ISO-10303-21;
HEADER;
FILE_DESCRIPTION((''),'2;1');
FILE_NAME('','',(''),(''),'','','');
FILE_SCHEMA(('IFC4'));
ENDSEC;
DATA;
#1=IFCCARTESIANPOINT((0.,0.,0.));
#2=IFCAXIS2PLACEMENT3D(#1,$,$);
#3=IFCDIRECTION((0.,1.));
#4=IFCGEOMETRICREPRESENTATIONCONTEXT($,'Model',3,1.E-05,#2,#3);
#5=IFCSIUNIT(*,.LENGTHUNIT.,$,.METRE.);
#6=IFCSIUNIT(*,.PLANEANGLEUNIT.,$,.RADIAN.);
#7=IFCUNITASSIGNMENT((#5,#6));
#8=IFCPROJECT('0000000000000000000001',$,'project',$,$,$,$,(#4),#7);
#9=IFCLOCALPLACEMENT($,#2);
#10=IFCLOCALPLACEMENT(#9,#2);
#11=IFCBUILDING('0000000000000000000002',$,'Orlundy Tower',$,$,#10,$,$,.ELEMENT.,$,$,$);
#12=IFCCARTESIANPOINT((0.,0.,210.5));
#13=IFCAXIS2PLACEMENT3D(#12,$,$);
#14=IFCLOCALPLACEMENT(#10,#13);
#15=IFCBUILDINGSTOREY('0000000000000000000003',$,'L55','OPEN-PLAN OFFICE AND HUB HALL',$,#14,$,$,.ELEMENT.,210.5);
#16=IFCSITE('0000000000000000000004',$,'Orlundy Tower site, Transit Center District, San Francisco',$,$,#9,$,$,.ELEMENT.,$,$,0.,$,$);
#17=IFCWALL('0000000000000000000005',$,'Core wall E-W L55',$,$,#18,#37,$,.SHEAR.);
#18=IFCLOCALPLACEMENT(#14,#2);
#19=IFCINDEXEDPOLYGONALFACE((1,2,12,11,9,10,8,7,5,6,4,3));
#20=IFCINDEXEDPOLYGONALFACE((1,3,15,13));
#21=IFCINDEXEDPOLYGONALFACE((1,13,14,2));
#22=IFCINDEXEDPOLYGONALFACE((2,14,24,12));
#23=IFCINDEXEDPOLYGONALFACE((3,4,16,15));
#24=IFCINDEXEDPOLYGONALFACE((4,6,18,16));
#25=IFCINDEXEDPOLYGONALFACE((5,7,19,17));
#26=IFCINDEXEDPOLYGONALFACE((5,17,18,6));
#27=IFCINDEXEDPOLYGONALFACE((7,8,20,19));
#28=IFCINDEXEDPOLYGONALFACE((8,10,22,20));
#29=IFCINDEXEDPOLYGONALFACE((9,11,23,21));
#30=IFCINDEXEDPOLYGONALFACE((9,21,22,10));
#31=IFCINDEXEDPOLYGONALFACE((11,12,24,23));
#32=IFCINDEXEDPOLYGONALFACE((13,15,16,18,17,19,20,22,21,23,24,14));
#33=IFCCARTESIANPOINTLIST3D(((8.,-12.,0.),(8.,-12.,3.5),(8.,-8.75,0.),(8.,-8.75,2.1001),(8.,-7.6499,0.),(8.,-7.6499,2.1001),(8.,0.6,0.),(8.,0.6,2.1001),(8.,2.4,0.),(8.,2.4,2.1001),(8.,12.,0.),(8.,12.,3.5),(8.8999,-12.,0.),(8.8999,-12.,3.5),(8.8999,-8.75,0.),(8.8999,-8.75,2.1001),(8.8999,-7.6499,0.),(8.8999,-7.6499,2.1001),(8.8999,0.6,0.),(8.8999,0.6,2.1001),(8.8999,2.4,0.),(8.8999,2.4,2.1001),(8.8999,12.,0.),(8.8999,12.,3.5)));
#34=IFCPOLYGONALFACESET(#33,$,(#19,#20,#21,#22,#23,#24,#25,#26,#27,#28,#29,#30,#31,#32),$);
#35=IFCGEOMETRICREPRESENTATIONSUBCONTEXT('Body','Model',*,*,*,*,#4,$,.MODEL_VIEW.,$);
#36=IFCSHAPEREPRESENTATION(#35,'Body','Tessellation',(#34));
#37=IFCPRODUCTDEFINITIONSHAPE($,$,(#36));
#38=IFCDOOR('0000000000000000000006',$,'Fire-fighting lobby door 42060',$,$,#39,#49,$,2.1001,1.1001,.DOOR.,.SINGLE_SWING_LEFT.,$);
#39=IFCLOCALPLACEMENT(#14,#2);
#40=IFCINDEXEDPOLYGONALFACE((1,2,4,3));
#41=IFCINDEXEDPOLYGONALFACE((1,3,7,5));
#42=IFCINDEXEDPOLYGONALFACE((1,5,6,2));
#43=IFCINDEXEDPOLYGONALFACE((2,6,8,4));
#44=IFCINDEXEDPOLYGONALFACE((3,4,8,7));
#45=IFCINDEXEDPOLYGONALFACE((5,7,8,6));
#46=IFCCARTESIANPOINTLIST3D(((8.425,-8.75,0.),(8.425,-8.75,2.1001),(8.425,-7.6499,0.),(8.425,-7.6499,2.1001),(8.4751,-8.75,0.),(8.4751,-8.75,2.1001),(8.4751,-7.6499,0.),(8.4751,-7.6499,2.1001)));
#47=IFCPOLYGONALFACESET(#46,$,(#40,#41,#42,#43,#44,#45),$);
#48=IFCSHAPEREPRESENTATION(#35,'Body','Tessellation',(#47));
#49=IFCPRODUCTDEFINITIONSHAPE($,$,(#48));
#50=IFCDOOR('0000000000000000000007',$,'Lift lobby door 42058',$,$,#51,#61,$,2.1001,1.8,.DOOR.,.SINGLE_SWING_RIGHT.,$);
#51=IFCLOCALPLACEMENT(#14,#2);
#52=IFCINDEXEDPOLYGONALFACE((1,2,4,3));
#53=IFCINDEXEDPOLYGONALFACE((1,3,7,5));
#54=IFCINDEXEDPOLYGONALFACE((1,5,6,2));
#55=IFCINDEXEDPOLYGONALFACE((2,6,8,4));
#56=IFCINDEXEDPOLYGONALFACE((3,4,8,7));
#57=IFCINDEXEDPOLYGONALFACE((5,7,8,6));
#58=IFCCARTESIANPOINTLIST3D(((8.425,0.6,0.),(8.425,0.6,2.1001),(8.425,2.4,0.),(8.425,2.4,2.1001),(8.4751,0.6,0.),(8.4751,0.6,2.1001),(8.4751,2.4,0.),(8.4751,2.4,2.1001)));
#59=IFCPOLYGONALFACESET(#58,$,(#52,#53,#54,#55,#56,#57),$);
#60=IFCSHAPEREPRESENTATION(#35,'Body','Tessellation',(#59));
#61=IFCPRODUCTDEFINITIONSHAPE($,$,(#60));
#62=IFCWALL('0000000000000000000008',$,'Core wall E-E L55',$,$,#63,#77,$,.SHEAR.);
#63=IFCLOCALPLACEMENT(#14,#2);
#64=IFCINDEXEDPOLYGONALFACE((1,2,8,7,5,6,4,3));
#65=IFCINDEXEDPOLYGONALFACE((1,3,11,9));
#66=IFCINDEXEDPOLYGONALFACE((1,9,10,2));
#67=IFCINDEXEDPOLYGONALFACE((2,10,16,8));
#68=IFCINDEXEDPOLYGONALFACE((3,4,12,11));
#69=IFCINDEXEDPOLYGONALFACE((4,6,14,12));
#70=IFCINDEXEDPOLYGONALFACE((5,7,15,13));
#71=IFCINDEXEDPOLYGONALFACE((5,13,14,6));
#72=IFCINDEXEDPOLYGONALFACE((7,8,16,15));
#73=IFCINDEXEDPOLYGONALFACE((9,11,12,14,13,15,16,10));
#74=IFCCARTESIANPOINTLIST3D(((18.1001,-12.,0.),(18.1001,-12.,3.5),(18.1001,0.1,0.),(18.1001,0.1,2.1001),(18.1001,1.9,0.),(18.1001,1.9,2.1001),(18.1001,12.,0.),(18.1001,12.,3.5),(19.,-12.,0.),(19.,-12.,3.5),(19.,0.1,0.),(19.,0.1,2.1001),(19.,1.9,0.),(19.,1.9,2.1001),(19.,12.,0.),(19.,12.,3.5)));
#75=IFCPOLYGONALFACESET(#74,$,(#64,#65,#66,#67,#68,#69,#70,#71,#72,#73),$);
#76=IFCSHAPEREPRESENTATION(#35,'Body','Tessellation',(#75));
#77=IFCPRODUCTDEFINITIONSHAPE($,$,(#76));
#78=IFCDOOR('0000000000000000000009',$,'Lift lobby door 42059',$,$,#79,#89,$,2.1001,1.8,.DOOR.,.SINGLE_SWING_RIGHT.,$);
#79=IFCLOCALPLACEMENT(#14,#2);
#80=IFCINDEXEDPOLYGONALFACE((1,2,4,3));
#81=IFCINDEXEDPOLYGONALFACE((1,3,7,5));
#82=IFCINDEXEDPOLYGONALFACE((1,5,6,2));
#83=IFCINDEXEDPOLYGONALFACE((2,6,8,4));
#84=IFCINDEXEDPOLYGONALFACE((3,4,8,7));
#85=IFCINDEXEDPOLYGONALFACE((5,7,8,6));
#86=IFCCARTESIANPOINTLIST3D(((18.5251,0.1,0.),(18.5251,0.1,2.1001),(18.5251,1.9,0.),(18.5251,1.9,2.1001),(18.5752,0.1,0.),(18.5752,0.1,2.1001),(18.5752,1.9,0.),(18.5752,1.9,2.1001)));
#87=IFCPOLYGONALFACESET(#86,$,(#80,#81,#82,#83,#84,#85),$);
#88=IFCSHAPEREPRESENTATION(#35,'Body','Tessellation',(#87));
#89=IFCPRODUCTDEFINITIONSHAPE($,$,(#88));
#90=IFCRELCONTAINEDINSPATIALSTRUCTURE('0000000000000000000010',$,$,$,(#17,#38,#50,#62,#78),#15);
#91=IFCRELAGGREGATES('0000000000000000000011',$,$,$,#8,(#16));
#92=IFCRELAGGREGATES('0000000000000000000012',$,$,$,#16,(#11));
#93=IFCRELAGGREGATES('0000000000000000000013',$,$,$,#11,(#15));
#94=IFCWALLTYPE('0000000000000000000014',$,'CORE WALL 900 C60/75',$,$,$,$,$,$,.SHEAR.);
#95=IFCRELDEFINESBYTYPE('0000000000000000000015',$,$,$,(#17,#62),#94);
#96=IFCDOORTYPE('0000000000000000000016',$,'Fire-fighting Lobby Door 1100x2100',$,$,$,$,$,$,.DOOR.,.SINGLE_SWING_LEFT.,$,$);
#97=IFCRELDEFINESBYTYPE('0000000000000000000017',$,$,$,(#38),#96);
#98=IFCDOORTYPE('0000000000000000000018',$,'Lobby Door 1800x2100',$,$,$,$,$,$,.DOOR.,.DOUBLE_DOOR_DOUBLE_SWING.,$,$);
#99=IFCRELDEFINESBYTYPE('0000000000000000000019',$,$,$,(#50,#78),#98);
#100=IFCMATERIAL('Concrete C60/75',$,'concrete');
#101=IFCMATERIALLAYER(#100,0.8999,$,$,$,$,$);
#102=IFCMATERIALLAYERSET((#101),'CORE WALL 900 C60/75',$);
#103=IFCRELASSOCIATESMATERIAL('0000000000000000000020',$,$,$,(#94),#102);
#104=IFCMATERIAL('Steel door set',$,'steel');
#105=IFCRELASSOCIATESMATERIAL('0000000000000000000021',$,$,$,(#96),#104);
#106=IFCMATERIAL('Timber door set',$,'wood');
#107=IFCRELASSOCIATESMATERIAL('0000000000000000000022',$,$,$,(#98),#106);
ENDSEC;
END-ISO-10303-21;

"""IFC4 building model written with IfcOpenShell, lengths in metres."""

from ifc_helpers import new_model, si_unit, direction, frame, frame_2d, origin, place, context, subcontext, project, spatial, rectangle, extrude, material, layer, layer_set, type_object, element, fill, save


model = new_model("IFC4")

# Units and contexts
model_context = context("Model", 3, precision=1e-05, world=origin(), true_north=direction((0.0, 1.0)))
body_context = subcontext(model_context, "Body", "Model", "MODEL_VIEW")
ifc_project = project(units=[si_unit("LENGTHUNIT", "METRE"), si_unit("PLANEANGLEUNIT", "RADIAN")], contexts=[model_context])

# Site, building, storey
site_placement = place(None, origin())
site = spatial("IfcSite", under=ifc_project, at=site_placement, Name="Orlundy Tower site, Transit Center District, San Francisco", CompositionType="ELEMENT", RefElevation=0.0)
building_placement = place(site_placement, origin())
building = spatial("IfcBuilding", under=site, at=building_placement, Name="Orlundy Tower", CompositionType="ELEMENT")
storey_placement = place(building_placement, frame((0.0, 0.0, 210.5)))
storey = spatial("IfcBuildingStorey", under=building, at=storey_placement, Name="L55", Description="OPEN-PLAN OFFICE AND HUB HALL", CompositionType="ELEMENT", Elevation=210.5)

# Shared definitions
ifc_material_1 = material(Name="Concrete C60/75", Category="concrete")
ifc_layer_1 = layer(ifc_material_1, 0.8999)
ifc_layer_set_1 = layer_set([ifc_layer_1], Name="CORE WALL 900 C60/75")
wall_type_1 = type_object("IfcWallType", Name="CORE WALL 900 C60/75", PredefinedType="SHEAR", material=ifc_layer_set_1)

# Wall, openings, doors
wall_1_placement = place(storey_placement, frame((8.45, -12.0, 0.0), z_axis=(0.0, 0.0, 1.0), x_axis=(0.0, 1.0, 0.0)))
wall_1 = element("IfcWall", 1, at=wall_1_placement, inside=storey, type_object=wall_type_1, Name="Core wall E-W L55", PredefinedType="SHEAR", context=body_context, shape_type="SweptSolid", body=[
    extrude(rectangle(XDim=24.0, YDim=0.8999, at=frame_2d((12.0, 0.0))), origin(), (0.0, 0.0, 1.0), 3.5),
])
opening_1_placement = place(wall_1_placement, frame((12.6001, 0.0, 0.0)))
opening_1 = element("IfcOpeningElement", 2, at=opening_1_placement, cuts=wall_1, PredefinedType="OPENING", context=body_context, shape_type="SweptSolid", body=[
    extrude(rectangle(XDim=1.8, YDim=2.1001, at=frame_2d((0.8999, 1.05))), frame((0.0, 0.46, 0.0), z_axis=(0.0, -1.0, 0.0), x_axis=(1.0, 0.0, 0.0)), (0.0, 0.0, 1.0), 0.9199),
])
opening_2_placement = place(wall_1_placement, frame((3.25, 0.0, 0.0)))
opening_2 = element("IfcOpeningElement", 3, at=opening_2_placement, cuts=wall_1, PredefinedType="OPENING", context=body_context, shape_type="SweptSolid", body=[
    extrude(rectangle(XDim=1.1001, YDim=2.1001, at=frame_2d((0.55, 1.05))), frame((0.0, 0.46, 0.0), z_axis=(0.0, -1.0, 0.0), x_axis=(1.0, 0.0, 0.0)), (0.0, 0.0, 1.0), 0.9199),
])
ifc_material_2 = material(Name="Steel door set", Category="steel")
door_type_1 = type_object("IfcDoorType", Name="Fire-fighting Lobby Door 1100x2100", OperationType="SINGLE_SWING_LEFT", PredefinedType="DOOR", material=ifc_material_2)
door_1_placement = place(opening_2_placement, origin())
door_1 = element("IfcDoor", 4, at=door_1_placement, inside=storey, type_object=door_type_1, Name="Fire-fighting lobby door 42060", OperationType="SINGLE_SWING_LEFT", OverallHeight=2.1001, OverallWidth=1.1001, PredefinedType="DOOR", context=body_context, shape_type="SweptSolid", body=[
    extrude(rectangle(XDim=1.1001, YDim=2.1001, at=frame_2d((0.55, 1.05))), frame((0.0, 0.0249, 0.0), z_axis=(0.0, -1.0, 0.0), x_axis=(1.0, 0.0, 0.0)), (0.0, 0.0, 1.0), 0.05),
])
fill(opening_2, door_1)
ifc_material_3 = material(Name="Timber door set", Category="wood")
door_type_2 = type_object("IfcDoorType", Name="Lobby Door 1800x2100", OperationType="DOUBLE_DOOR_DOUBLE_SWING", PredefinedType="DOOR", material=ifc_material_3)
door_2_placement = place(opening_1_placement, origin())
door_2 = element("IfcDoor", 5, at=door_2_placement, inside=storey, type_object=door_type_2, Name="Lift lobby door 42058", OperationType="SINGLE_SWING_RIGHT", OverallHeight=2.1001, OverallWidth=1.8, PredefinedType="DOOR", context=body_context, shape_type="SweptSolid", body=[
    extrude(rectangle(XDim=1.8, YDim=2.1001, at=frame_2d((0.8999, 1.05))), frame((0.0, 0.0249, 0.0), z_axis=(0.0, -1.0, 0.0), x_axis=(1.0, 0.0, 0.0)), (0.0, 0.0, 1.0), 0.05),
])
fill(opening_1, door_2)

# Wall, opening, door
wall_2_placement = place(storey_placement, frame((18.55, -12.0, 0.0), z_axis=(0.0, 0.0, 1.0), x_axis=(0.0, 1.0, 0.0)))
wall_2 = element("IfcWall", 6, at=wall_2_placement, inside=storey, type_object=wall_type_1, Name="Core wall E-E L55", PredefinedType="SHEAR", context=body_context, shape_type="SweptSolid", body=[
    extrude(rectangle(XDim=24.0, YDim=0.8999, at=frame_2d((12.0, 0.0))), origin(), (0.0, 0.0, 1.0), 3.5),
])
opening_3_placement = place(wall_2_placement, frame((12.1001, 0.0, 0.0)))
opening_3 = element("IfcOpeningElement", 7, at=opening_3_placement, cuts=wall_2, PredefinedType="OPENING", context=body_context, shape_type="SweptSolid", body=[
    extrude(rectangle(XDim=1.8, YDim=2.1001, at=frame_2d((0.8999, 1.05))), frame((0.0, 0.46, 0.0), z_axis=(0.0, -1.0, 0.0), x_axis=(1.0, 0.0, 0.0)), (0.0, 0.0, 1.0), 0.9199),
])
door_3_placement = place(opening_3_placement, origin())
door_3 = element("IfcDoor", 8, at=door_3_placement, inside=storey, type_object=door_type_2, Name="Lift lobby door 42059", OperationType="SINGLE_SWING_RIGHT", OverallHeight=2.1001, OverallWidth=1.8, PredefinedType="DOOR", context=body_context, shape_type="SweptSolid", body=[
    extrude(rectangle(XDim=1.8, YDim=2.1001, at=frame_2d((0.8999, 1.05))), frame((0.0, 0.0249, 0.0), z_axis=(0.0, -1.0, 0.0), x_axis=(1.0, 0.0, 0.0)), (0.0, 0.0, 1.0), 0.05),
])
fill(opening_3, door_3)

save(model, "model.ifc")
